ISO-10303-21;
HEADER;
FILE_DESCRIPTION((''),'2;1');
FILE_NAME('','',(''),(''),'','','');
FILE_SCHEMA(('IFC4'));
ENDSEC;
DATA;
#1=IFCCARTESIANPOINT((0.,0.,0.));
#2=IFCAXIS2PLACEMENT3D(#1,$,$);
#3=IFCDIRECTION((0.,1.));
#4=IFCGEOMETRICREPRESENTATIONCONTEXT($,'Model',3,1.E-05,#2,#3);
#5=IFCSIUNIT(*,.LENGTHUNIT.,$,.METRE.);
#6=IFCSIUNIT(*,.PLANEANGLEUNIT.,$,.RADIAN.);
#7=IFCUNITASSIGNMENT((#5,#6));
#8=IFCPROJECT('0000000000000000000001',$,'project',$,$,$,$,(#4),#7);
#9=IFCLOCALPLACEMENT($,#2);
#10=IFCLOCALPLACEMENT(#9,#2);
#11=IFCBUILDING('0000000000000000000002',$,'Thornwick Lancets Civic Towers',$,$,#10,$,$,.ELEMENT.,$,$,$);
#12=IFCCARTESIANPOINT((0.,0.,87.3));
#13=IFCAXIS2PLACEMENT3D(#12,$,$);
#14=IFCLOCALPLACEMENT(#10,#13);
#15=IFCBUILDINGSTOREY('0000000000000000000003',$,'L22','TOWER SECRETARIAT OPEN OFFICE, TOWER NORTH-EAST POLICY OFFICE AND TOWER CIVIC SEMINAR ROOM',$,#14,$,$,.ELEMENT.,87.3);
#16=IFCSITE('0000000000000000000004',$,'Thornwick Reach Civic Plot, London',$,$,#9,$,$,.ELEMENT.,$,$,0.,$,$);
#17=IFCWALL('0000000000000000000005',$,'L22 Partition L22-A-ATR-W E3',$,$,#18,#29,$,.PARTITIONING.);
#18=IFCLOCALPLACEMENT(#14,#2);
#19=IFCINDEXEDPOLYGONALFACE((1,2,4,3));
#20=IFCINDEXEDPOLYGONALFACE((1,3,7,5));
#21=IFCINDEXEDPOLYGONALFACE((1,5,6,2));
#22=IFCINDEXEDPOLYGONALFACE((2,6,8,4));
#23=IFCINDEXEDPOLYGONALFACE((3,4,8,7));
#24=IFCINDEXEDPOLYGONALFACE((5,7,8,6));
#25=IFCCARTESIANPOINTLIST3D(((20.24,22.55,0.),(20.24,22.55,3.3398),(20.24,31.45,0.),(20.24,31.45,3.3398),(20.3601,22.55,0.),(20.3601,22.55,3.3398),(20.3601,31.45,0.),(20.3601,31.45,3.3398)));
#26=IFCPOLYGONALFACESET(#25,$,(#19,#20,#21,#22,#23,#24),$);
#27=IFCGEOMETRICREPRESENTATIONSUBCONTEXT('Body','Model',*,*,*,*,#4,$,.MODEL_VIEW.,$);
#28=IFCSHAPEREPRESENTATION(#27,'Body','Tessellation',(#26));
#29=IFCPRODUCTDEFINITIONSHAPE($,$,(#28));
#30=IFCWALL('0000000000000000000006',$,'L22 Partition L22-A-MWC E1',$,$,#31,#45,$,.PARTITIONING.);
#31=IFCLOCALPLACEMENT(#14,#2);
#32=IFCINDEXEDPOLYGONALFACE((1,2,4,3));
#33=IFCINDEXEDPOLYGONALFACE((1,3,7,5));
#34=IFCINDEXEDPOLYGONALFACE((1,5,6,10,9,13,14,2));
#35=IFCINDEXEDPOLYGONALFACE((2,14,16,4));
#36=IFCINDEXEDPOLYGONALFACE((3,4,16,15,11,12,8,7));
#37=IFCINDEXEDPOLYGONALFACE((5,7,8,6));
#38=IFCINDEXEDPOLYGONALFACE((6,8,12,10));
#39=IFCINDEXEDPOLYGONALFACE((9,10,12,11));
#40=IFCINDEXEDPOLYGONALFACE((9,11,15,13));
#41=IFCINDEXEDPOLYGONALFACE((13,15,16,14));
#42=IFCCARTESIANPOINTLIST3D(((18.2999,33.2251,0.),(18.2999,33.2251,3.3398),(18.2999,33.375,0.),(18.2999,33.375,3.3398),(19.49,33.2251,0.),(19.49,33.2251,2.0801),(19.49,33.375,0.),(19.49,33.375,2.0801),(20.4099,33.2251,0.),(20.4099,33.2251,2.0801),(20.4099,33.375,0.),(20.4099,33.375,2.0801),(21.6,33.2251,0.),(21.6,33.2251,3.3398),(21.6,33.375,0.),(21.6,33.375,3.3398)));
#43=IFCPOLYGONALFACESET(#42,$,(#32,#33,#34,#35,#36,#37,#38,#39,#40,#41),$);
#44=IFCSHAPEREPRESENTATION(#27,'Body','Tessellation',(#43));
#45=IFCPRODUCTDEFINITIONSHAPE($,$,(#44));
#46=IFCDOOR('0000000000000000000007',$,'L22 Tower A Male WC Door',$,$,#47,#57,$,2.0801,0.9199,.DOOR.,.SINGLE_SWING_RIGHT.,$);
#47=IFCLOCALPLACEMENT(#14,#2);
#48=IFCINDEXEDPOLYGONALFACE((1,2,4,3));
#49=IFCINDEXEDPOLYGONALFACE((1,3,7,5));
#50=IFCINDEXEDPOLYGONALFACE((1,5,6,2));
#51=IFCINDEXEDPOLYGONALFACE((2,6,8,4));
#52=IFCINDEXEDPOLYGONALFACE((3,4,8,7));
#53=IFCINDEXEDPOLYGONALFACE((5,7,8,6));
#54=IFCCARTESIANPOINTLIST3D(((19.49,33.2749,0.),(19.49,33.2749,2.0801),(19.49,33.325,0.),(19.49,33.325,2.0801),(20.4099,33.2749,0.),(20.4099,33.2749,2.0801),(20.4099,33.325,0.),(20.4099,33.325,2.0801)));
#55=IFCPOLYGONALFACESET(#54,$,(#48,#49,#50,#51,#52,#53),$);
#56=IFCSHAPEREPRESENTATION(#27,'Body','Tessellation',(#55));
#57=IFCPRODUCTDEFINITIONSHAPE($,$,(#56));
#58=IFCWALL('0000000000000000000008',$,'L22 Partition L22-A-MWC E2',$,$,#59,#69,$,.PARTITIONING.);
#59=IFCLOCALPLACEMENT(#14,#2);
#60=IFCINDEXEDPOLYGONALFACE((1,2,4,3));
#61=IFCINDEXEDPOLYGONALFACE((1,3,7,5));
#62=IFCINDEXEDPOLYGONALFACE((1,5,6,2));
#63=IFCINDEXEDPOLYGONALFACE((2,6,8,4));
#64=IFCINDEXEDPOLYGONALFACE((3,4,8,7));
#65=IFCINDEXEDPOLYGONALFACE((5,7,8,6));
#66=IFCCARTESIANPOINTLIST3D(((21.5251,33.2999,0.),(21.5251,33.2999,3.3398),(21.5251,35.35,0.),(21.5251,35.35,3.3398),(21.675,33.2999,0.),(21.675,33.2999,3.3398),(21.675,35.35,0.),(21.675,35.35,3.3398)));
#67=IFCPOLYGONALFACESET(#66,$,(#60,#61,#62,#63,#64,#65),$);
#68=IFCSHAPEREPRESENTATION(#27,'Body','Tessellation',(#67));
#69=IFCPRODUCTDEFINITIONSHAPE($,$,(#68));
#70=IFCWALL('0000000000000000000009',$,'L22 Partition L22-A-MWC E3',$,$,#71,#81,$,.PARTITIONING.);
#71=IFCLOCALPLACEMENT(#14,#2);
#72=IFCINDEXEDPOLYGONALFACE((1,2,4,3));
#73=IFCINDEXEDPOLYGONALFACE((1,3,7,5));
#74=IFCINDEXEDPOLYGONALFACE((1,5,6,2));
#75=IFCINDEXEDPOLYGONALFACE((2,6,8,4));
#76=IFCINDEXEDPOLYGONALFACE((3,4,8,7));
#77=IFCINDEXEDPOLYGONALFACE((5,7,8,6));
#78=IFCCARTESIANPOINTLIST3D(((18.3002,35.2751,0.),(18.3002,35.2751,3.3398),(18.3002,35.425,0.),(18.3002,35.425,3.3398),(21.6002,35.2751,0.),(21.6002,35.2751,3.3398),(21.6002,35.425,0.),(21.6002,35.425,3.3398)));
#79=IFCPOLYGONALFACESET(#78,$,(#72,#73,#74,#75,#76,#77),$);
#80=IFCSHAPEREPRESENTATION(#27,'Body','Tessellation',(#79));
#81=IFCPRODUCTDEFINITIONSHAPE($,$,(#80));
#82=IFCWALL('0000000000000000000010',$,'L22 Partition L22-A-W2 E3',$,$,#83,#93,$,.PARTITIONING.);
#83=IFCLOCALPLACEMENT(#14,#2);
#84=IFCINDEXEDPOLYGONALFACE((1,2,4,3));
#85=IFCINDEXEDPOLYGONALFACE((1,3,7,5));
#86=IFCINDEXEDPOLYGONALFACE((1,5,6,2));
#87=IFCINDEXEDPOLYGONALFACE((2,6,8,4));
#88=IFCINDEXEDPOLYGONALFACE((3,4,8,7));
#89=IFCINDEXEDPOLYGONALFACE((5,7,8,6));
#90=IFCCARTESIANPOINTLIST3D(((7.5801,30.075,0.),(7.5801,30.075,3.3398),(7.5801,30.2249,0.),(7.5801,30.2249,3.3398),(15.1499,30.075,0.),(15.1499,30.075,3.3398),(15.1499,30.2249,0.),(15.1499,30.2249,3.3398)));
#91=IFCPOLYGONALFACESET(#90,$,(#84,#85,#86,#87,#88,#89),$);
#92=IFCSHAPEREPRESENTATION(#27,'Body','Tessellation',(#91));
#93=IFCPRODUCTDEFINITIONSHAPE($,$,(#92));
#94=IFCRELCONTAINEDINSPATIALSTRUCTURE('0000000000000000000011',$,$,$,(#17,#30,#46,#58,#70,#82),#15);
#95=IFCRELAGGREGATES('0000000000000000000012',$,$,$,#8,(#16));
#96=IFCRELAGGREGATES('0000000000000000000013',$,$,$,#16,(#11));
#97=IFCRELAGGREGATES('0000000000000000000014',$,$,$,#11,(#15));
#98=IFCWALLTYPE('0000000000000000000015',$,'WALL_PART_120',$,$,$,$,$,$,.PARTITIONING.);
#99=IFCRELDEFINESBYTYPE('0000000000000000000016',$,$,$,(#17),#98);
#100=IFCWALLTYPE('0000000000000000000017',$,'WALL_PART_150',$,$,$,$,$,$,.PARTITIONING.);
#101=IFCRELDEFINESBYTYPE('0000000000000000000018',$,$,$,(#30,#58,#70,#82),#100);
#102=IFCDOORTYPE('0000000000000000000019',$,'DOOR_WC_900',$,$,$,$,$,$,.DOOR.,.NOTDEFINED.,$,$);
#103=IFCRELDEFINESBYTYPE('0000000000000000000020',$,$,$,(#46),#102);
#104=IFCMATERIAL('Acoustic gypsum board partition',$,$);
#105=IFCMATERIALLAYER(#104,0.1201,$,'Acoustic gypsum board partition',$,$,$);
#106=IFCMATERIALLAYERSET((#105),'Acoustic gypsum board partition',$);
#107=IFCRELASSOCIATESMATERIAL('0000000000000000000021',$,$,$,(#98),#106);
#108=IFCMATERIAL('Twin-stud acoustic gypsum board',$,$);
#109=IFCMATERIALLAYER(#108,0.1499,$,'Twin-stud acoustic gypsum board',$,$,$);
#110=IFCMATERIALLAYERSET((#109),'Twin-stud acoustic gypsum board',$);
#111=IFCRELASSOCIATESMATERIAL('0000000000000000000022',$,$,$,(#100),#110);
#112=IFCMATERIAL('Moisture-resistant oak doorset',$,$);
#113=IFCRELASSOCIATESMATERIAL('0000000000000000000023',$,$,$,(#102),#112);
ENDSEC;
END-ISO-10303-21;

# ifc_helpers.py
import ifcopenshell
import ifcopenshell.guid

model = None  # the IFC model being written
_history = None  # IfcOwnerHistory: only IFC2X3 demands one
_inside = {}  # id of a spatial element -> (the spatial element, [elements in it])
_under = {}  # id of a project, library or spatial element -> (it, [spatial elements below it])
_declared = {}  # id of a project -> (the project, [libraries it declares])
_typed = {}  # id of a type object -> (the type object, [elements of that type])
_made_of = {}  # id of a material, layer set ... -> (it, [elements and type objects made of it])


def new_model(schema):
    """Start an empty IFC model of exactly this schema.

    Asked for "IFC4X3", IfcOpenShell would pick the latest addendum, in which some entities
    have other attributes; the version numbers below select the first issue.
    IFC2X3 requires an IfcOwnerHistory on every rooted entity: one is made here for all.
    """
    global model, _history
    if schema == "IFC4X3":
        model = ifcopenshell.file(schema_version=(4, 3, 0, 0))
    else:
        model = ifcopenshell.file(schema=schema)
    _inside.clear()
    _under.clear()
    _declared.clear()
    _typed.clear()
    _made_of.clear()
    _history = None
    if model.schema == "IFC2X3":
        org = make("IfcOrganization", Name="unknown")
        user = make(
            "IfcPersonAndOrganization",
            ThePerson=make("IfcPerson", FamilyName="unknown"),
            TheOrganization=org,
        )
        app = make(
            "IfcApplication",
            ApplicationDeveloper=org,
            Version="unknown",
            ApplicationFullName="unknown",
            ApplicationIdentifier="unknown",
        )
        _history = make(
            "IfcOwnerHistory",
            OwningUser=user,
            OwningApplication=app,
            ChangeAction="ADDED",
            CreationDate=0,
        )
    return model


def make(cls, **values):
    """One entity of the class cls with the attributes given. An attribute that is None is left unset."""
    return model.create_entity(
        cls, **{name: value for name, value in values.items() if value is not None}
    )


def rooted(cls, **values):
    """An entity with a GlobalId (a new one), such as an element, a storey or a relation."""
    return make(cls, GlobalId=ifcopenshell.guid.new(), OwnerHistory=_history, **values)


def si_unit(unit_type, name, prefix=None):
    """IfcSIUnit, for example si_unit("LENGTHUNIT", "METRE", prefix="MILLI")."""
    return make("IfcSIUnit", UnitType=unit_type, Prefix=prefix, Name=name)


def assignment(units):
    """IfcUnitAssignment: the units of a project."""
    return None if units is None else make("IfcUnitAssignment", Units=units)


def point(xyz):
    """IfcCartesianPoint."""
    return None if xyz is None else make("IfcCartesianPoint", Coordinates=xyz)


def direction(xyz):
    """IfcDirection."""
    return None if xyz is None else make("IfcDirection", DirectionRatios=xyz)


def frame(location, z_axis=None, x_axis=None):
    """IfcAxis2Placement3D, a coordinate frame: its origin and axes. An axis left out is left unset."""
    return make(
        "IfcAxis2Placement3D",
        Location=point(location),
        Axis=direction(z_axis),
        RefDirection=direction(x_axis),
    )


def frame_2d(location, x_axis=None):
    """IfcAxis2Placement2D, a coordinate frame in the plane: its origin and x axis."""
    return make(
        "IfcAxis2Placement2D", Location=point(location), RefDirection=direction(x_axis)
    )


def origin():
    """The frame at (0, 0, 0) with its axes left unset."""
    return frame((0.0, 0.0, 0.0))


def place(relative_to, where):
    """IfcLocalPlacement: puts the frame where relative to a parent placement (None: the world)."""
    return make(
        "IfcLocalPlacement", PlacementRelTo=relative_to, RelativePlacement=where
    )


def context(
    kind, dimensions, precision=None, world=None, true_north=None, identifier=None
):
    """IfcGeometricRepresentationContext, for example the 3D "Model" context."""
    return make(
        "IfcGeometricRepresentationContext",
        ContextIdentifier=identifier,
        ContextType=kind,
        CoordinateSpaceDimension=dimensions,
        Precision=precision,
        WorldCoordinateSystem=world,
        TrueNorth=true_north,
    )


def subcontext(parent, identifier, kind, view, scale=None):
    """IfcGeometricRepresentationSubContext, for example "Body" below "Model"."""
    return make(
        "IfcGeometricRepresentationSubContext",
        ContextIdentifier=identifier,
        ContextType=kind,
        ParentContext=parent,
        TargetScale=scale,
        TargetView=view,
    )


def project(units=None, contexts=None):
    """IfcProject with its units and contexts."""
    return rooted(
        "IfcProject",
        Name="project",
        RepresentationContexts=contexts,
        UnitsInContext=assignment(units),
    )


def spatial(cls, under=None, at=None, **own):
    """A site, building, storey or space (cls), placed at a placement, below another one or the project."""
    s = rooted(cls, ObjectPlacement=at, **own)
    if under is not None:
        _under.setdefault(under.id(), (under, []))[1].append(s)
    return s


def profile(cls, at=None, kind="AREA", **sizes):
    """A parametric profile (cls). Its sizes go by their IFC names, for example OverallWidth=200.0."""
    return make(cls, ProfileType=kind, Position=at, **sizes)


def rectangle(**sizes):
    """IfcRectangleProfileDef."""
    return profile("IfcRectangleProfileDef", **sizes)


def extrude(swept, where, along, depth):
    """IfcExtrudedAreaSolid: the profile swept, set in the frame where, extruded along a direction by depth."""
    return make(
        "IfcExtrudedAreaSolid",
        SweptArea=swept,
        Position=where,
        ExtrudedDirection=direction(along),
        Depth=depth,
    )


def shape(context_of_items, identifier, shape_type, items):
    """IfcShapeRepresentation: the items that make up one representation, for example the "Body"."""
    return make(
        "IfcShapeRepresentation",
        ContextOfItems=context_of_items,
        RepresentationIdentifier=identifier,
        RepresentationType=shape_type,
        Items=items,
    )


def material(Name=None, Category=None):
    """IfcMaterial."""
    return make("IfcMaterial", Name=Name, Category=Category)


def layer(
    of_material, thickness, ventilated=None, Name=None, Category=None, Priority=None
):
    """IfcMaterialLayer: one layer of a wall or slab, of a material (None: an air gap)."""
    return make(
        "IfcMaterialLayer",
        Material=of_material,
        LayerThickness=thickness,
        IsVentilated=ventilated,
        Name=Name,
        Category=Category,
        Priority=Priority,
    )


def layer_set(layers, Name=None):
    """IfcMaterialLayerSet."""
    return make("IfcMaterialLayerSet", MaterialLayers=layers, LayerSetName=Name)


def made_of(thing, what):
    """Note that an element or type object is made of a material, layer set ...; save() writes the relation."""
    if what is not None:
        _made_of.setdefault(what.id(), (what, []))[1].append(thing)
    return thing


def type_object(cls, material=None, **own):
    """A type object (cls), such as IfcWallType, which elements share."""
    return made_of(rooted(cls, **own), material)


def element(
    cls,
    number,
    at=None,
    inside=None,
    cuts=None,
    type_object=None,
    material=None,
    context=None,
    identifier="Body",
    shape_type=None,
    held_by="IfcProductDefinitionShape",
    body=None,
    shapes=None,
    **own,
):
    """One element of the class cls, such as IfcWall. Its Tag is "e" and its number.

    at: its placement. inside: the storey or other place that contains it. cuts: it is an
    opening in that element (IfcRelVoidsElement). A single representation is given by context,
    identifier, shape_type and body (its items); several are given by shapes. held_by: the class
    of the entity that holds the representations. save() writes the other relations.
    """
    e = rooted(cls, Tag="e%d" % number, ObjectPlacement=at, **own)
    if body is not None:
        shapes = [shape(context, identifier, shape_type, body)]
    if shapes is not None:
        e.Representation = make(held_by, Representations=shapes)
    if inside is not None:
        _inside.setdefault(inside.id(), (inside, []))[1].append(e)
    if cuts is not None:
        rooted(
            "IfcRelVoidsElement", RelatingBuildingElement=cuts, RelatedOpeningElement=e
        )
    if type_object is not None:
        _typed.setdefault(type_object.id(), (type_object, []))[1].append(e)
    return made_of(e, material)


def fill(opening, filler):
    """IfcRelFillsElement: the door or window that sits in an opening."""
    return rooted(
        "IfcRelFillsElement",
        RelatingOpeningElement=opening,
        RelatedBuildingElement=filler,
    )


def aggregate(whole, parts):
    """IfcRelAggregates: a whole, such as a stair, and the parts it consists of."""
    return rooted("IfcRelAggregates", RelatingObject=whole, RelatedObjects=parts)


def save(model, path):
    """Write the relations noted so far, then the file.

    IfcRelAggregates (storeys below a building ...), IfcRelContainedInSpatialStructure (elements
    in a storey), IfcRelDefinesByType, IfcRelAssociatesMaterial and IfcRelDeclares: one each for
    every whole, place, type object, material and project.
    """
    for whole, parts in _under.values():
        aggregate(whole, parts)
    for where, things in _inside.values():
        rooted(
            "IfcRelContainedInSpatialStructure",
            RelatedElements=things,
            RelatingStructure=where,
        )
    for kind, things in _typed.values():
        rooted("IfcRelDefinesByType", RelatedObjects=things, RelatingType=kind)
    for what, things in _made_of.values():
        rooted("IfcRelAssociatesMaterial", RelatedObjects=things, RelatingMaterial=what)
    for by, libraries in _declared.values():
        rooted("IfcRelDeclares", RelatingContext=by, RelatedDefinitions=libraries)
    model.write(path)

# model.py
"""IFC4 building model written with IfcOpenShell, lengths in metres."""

from ifc_helpers import new_model, si_unit, direction, frame, frame_2d, origin, place, context, subcontext, project, spatial, rectangle, extrude, material, layer, layer_set, type_object, element, fill, save


model = new_model("IFC4")

# Units and contexts
model_context = context("Model", 3, precision=1e-05, world=origin(), true_north=direction((0.0, 1.0)))
body_context = subcontext(model_context, "Body", "Model", "MODEL_VIEW")
ifc_project = project(units=[si_unit("LENGTHUNIT", "METRE"), si_unit("PLANEANGLEUNIT", "RADIAN")], contexts=[model_context])

# Site, building, storey
site_placement = place(None, origin())
site = spatial("IfcSite", under=ifc_project, at=site_placement, Name="Thornwick Reach Civic Plot, London", CompositionType="ELEMENT", RefElevation=0.0)
building_placement = place(site_placement, origin())
building = spatial("IfcBuilding", under=site, at=building_placement, Name="Thornwick Lancets Civic Towers", CompositionType="ELEMENT")
storey_placement = place(building_placement, frame((0.0, 0.0, 87.3)))
storey = spatial("IfcBuildingStorey", under=building, at=storey_placement, Name="L22", Description="TOWER SECRETARIAT OPEN OFFICE, TOWER NORTH-EAST POLICY OFFICE AND TOWER CIVIC SEMINAR ROOM", CompositionType="ELEMENT", Elevation=87.3)

# Shared definitions
ifc_material_1 = material(Name="Acoustic gypsum board partition")
ifc_layer_1 = layer(ifc_material_1, 0.1201, Name="Acoustic gypsum board partition")
ifc_layer_set_1 = layer_set([ifc_layer_1], Name="Acoustic gypsum board partition")
wall_type_1 = type_object("IfcWallType", Name="WALL_PART_120", PredefinedType="PARTITIONING", material=ifc_layer_set_1)

# Wall
wall_1_placement = place(storey_placement, frame((20.3, 31.45, 0.0), z_axis=(0.0, 0.0, 1.0), x_axis=(0.0, -1.0, 0.0)))
element("IfcWall", 1, at=wall_1_placement, inside=storey, type_object=wall_type_1, Name="L22 Partition L22-A-ATR-W E3", PredefinedType="PARTITIONING", context=body_context, shape_type="SweptSolid", body=[
    extrude(rectangle(XDim=8.8999, YDim=0.1201, at=frame_2d((4.45, 0.0))), origin(), (0.0, 0.0, 1.0), 3.3398),
])

# Wall, opening, door
ifc_material_2 = material(Name="Twin-stud acoustic gypsum board")
ifc_layer_2 = layer(ifc_material_2, 0.1499, Name="Twin-stud acoustic gypsum board")
ifc_layer_set_2 = layer_set([ifc_layer_2], Name="Twin-stud acoustic gypsum board")
wall_type_2 = type_object("IfcWallType", Name="WALL_PART_150", PredefinedType="PARTITIONING", material=ifc_layer_set_2)
wall_2_placement = place(storey_placement, frame((18.3, 33.3, 0.0), z_axis=(0.0, 0.0, 1.0), x_axis=(1.0, 0.0, 0.0)))
wall_2 = element("IfcWall", 2, at=wall_2_placement, inside=storey, type_object=wall_type_2, Name="L22 Partition L22-A-MWC E1", PredefinedType="PARTITIONING", context=body_context, shape_type="SweptSolid", body=[
    extrude(rectangle(XDim=3.3, YDim=0.1499, at=frame_2d((1.6499, 0.0))), origin(), (0.0, 0.0, 1.0), 3.3398),
])
opening_1_placement = place(wall_2_placement, frame((1.1899, 0.0, 0.0)))
opening_1 = element("IfcOpeningElement", 3, at=opening_1_placement, cuts=wall_2, PredefinedType="OPENING", context=body_context, shape_type="SweptSolid", body=[
    extrude(rectangle(XDim=0.9199, YDim=2.0801, at=frame_2d((0.46, 1.04))), frame((0.0, 0.085, 0.0), z_axis=(0.0, -1.0, 0.0), x_axis=(1.0, 0.0, 0.0)), (0.0, 0.0, 1.0), 0.1699),
])
ifc_material_3 = material(Name="Moisture-resistant oak doorset")
door_type_1 = type_object("IfcDoorType", Name="DOOR_WC_900", OperationType="NOTDEFINED", PredefinedType="DOOR", material=ifc_material_3)
door_1_placement = place(opening_1_placement, origin())
door_1 = element("IfcDoor", 4, at=door_1_placement, inside=storey, type_object=door_type_1, Name="L22 Tower A Male WC Door", OperationType="SINGLE_SWING_RIGHT", OverallHeight=2.0801, OverallWidth=0.9199, PredefinedType="DOOR", context=body_context, shape_type="SweptSolid", body=[
    extrude(rectangle(XDim=0.9199, YDim=2.0801, at=frame_2d((0.46, 1.04))), frame((0.0, 0.0249, 0.0), z_axis=(0.0, -1.0, 0.0), x_axis=(1.0, 0.0, 0.0)), (0.0, 0.0, 1.0), 0.05),
])
fill(opening_1, door_1)

# Walls
wall_3_placement = place(storey_placement, frame((21.6001, 33.3, 0.0), z_axis=(0.0, 0.0, 1.0), x_axis=(0.0, 1.0, 0.0)))
element("IfcWall", 5, at=wall_3_placement, inside=storey, type_object=wall_type_2, Name="L22 Partition L22-A-MWC E2", PredefinedType="PARTITIONING", context=body_context, shape_type="SweptSolid", body=[
    extrude(rectangle(XDim=2.05, YDim=0.1499, at=frame_2d((1.0249, 0.0))), origin(), (0.0, 0.0, 1.0), 3.3398),
])
wall_4_placement = place(storey_placement, frame((21.6001, 35.3501, 0.0), z_axis=(0.0, 0.0, 1.0), x_axis=(-1.0, 0.0, 0.0)))
element("IfcWall", 6, at=wall_4_placement, inside=storey, type_object=wall_type_2, Name="L22 Partition L22-A-MWC E3", PredefinedType="PARTITIONING", context=body_context, shape_type="SweptSolid", body=[
    extrude(rectangle(XDim=3.3, YDim=0.1499, at=frame_2d((1.6499, 0.0))), origin(), (0.0, 0.0, 1.0), 3.3398),
])
wall_5_placement = place(storey_placement, frame((7.5801, 30.1499, 0.0), z_axis=(0.0, 0.0, 1.0), x_axis=(1.0, 0.0, 0.0)))
element("IfcWall", 7, at=wall_5_placement, inside=storey, type_object=wall_type_2, Name="L22 Partition L22-A-W2 E3", PredefinedType="PARTITIONING", context=body_context, shape_type="SweptSolid", body=[
    extrude(rectangle(XDim=7.5698, YDim=0.1499, at=frame_2d((3.7849, 0.0))), origin(), (0.0, 0.0, 1.0), 3.3398),
])

save(model, "model.ifc")
